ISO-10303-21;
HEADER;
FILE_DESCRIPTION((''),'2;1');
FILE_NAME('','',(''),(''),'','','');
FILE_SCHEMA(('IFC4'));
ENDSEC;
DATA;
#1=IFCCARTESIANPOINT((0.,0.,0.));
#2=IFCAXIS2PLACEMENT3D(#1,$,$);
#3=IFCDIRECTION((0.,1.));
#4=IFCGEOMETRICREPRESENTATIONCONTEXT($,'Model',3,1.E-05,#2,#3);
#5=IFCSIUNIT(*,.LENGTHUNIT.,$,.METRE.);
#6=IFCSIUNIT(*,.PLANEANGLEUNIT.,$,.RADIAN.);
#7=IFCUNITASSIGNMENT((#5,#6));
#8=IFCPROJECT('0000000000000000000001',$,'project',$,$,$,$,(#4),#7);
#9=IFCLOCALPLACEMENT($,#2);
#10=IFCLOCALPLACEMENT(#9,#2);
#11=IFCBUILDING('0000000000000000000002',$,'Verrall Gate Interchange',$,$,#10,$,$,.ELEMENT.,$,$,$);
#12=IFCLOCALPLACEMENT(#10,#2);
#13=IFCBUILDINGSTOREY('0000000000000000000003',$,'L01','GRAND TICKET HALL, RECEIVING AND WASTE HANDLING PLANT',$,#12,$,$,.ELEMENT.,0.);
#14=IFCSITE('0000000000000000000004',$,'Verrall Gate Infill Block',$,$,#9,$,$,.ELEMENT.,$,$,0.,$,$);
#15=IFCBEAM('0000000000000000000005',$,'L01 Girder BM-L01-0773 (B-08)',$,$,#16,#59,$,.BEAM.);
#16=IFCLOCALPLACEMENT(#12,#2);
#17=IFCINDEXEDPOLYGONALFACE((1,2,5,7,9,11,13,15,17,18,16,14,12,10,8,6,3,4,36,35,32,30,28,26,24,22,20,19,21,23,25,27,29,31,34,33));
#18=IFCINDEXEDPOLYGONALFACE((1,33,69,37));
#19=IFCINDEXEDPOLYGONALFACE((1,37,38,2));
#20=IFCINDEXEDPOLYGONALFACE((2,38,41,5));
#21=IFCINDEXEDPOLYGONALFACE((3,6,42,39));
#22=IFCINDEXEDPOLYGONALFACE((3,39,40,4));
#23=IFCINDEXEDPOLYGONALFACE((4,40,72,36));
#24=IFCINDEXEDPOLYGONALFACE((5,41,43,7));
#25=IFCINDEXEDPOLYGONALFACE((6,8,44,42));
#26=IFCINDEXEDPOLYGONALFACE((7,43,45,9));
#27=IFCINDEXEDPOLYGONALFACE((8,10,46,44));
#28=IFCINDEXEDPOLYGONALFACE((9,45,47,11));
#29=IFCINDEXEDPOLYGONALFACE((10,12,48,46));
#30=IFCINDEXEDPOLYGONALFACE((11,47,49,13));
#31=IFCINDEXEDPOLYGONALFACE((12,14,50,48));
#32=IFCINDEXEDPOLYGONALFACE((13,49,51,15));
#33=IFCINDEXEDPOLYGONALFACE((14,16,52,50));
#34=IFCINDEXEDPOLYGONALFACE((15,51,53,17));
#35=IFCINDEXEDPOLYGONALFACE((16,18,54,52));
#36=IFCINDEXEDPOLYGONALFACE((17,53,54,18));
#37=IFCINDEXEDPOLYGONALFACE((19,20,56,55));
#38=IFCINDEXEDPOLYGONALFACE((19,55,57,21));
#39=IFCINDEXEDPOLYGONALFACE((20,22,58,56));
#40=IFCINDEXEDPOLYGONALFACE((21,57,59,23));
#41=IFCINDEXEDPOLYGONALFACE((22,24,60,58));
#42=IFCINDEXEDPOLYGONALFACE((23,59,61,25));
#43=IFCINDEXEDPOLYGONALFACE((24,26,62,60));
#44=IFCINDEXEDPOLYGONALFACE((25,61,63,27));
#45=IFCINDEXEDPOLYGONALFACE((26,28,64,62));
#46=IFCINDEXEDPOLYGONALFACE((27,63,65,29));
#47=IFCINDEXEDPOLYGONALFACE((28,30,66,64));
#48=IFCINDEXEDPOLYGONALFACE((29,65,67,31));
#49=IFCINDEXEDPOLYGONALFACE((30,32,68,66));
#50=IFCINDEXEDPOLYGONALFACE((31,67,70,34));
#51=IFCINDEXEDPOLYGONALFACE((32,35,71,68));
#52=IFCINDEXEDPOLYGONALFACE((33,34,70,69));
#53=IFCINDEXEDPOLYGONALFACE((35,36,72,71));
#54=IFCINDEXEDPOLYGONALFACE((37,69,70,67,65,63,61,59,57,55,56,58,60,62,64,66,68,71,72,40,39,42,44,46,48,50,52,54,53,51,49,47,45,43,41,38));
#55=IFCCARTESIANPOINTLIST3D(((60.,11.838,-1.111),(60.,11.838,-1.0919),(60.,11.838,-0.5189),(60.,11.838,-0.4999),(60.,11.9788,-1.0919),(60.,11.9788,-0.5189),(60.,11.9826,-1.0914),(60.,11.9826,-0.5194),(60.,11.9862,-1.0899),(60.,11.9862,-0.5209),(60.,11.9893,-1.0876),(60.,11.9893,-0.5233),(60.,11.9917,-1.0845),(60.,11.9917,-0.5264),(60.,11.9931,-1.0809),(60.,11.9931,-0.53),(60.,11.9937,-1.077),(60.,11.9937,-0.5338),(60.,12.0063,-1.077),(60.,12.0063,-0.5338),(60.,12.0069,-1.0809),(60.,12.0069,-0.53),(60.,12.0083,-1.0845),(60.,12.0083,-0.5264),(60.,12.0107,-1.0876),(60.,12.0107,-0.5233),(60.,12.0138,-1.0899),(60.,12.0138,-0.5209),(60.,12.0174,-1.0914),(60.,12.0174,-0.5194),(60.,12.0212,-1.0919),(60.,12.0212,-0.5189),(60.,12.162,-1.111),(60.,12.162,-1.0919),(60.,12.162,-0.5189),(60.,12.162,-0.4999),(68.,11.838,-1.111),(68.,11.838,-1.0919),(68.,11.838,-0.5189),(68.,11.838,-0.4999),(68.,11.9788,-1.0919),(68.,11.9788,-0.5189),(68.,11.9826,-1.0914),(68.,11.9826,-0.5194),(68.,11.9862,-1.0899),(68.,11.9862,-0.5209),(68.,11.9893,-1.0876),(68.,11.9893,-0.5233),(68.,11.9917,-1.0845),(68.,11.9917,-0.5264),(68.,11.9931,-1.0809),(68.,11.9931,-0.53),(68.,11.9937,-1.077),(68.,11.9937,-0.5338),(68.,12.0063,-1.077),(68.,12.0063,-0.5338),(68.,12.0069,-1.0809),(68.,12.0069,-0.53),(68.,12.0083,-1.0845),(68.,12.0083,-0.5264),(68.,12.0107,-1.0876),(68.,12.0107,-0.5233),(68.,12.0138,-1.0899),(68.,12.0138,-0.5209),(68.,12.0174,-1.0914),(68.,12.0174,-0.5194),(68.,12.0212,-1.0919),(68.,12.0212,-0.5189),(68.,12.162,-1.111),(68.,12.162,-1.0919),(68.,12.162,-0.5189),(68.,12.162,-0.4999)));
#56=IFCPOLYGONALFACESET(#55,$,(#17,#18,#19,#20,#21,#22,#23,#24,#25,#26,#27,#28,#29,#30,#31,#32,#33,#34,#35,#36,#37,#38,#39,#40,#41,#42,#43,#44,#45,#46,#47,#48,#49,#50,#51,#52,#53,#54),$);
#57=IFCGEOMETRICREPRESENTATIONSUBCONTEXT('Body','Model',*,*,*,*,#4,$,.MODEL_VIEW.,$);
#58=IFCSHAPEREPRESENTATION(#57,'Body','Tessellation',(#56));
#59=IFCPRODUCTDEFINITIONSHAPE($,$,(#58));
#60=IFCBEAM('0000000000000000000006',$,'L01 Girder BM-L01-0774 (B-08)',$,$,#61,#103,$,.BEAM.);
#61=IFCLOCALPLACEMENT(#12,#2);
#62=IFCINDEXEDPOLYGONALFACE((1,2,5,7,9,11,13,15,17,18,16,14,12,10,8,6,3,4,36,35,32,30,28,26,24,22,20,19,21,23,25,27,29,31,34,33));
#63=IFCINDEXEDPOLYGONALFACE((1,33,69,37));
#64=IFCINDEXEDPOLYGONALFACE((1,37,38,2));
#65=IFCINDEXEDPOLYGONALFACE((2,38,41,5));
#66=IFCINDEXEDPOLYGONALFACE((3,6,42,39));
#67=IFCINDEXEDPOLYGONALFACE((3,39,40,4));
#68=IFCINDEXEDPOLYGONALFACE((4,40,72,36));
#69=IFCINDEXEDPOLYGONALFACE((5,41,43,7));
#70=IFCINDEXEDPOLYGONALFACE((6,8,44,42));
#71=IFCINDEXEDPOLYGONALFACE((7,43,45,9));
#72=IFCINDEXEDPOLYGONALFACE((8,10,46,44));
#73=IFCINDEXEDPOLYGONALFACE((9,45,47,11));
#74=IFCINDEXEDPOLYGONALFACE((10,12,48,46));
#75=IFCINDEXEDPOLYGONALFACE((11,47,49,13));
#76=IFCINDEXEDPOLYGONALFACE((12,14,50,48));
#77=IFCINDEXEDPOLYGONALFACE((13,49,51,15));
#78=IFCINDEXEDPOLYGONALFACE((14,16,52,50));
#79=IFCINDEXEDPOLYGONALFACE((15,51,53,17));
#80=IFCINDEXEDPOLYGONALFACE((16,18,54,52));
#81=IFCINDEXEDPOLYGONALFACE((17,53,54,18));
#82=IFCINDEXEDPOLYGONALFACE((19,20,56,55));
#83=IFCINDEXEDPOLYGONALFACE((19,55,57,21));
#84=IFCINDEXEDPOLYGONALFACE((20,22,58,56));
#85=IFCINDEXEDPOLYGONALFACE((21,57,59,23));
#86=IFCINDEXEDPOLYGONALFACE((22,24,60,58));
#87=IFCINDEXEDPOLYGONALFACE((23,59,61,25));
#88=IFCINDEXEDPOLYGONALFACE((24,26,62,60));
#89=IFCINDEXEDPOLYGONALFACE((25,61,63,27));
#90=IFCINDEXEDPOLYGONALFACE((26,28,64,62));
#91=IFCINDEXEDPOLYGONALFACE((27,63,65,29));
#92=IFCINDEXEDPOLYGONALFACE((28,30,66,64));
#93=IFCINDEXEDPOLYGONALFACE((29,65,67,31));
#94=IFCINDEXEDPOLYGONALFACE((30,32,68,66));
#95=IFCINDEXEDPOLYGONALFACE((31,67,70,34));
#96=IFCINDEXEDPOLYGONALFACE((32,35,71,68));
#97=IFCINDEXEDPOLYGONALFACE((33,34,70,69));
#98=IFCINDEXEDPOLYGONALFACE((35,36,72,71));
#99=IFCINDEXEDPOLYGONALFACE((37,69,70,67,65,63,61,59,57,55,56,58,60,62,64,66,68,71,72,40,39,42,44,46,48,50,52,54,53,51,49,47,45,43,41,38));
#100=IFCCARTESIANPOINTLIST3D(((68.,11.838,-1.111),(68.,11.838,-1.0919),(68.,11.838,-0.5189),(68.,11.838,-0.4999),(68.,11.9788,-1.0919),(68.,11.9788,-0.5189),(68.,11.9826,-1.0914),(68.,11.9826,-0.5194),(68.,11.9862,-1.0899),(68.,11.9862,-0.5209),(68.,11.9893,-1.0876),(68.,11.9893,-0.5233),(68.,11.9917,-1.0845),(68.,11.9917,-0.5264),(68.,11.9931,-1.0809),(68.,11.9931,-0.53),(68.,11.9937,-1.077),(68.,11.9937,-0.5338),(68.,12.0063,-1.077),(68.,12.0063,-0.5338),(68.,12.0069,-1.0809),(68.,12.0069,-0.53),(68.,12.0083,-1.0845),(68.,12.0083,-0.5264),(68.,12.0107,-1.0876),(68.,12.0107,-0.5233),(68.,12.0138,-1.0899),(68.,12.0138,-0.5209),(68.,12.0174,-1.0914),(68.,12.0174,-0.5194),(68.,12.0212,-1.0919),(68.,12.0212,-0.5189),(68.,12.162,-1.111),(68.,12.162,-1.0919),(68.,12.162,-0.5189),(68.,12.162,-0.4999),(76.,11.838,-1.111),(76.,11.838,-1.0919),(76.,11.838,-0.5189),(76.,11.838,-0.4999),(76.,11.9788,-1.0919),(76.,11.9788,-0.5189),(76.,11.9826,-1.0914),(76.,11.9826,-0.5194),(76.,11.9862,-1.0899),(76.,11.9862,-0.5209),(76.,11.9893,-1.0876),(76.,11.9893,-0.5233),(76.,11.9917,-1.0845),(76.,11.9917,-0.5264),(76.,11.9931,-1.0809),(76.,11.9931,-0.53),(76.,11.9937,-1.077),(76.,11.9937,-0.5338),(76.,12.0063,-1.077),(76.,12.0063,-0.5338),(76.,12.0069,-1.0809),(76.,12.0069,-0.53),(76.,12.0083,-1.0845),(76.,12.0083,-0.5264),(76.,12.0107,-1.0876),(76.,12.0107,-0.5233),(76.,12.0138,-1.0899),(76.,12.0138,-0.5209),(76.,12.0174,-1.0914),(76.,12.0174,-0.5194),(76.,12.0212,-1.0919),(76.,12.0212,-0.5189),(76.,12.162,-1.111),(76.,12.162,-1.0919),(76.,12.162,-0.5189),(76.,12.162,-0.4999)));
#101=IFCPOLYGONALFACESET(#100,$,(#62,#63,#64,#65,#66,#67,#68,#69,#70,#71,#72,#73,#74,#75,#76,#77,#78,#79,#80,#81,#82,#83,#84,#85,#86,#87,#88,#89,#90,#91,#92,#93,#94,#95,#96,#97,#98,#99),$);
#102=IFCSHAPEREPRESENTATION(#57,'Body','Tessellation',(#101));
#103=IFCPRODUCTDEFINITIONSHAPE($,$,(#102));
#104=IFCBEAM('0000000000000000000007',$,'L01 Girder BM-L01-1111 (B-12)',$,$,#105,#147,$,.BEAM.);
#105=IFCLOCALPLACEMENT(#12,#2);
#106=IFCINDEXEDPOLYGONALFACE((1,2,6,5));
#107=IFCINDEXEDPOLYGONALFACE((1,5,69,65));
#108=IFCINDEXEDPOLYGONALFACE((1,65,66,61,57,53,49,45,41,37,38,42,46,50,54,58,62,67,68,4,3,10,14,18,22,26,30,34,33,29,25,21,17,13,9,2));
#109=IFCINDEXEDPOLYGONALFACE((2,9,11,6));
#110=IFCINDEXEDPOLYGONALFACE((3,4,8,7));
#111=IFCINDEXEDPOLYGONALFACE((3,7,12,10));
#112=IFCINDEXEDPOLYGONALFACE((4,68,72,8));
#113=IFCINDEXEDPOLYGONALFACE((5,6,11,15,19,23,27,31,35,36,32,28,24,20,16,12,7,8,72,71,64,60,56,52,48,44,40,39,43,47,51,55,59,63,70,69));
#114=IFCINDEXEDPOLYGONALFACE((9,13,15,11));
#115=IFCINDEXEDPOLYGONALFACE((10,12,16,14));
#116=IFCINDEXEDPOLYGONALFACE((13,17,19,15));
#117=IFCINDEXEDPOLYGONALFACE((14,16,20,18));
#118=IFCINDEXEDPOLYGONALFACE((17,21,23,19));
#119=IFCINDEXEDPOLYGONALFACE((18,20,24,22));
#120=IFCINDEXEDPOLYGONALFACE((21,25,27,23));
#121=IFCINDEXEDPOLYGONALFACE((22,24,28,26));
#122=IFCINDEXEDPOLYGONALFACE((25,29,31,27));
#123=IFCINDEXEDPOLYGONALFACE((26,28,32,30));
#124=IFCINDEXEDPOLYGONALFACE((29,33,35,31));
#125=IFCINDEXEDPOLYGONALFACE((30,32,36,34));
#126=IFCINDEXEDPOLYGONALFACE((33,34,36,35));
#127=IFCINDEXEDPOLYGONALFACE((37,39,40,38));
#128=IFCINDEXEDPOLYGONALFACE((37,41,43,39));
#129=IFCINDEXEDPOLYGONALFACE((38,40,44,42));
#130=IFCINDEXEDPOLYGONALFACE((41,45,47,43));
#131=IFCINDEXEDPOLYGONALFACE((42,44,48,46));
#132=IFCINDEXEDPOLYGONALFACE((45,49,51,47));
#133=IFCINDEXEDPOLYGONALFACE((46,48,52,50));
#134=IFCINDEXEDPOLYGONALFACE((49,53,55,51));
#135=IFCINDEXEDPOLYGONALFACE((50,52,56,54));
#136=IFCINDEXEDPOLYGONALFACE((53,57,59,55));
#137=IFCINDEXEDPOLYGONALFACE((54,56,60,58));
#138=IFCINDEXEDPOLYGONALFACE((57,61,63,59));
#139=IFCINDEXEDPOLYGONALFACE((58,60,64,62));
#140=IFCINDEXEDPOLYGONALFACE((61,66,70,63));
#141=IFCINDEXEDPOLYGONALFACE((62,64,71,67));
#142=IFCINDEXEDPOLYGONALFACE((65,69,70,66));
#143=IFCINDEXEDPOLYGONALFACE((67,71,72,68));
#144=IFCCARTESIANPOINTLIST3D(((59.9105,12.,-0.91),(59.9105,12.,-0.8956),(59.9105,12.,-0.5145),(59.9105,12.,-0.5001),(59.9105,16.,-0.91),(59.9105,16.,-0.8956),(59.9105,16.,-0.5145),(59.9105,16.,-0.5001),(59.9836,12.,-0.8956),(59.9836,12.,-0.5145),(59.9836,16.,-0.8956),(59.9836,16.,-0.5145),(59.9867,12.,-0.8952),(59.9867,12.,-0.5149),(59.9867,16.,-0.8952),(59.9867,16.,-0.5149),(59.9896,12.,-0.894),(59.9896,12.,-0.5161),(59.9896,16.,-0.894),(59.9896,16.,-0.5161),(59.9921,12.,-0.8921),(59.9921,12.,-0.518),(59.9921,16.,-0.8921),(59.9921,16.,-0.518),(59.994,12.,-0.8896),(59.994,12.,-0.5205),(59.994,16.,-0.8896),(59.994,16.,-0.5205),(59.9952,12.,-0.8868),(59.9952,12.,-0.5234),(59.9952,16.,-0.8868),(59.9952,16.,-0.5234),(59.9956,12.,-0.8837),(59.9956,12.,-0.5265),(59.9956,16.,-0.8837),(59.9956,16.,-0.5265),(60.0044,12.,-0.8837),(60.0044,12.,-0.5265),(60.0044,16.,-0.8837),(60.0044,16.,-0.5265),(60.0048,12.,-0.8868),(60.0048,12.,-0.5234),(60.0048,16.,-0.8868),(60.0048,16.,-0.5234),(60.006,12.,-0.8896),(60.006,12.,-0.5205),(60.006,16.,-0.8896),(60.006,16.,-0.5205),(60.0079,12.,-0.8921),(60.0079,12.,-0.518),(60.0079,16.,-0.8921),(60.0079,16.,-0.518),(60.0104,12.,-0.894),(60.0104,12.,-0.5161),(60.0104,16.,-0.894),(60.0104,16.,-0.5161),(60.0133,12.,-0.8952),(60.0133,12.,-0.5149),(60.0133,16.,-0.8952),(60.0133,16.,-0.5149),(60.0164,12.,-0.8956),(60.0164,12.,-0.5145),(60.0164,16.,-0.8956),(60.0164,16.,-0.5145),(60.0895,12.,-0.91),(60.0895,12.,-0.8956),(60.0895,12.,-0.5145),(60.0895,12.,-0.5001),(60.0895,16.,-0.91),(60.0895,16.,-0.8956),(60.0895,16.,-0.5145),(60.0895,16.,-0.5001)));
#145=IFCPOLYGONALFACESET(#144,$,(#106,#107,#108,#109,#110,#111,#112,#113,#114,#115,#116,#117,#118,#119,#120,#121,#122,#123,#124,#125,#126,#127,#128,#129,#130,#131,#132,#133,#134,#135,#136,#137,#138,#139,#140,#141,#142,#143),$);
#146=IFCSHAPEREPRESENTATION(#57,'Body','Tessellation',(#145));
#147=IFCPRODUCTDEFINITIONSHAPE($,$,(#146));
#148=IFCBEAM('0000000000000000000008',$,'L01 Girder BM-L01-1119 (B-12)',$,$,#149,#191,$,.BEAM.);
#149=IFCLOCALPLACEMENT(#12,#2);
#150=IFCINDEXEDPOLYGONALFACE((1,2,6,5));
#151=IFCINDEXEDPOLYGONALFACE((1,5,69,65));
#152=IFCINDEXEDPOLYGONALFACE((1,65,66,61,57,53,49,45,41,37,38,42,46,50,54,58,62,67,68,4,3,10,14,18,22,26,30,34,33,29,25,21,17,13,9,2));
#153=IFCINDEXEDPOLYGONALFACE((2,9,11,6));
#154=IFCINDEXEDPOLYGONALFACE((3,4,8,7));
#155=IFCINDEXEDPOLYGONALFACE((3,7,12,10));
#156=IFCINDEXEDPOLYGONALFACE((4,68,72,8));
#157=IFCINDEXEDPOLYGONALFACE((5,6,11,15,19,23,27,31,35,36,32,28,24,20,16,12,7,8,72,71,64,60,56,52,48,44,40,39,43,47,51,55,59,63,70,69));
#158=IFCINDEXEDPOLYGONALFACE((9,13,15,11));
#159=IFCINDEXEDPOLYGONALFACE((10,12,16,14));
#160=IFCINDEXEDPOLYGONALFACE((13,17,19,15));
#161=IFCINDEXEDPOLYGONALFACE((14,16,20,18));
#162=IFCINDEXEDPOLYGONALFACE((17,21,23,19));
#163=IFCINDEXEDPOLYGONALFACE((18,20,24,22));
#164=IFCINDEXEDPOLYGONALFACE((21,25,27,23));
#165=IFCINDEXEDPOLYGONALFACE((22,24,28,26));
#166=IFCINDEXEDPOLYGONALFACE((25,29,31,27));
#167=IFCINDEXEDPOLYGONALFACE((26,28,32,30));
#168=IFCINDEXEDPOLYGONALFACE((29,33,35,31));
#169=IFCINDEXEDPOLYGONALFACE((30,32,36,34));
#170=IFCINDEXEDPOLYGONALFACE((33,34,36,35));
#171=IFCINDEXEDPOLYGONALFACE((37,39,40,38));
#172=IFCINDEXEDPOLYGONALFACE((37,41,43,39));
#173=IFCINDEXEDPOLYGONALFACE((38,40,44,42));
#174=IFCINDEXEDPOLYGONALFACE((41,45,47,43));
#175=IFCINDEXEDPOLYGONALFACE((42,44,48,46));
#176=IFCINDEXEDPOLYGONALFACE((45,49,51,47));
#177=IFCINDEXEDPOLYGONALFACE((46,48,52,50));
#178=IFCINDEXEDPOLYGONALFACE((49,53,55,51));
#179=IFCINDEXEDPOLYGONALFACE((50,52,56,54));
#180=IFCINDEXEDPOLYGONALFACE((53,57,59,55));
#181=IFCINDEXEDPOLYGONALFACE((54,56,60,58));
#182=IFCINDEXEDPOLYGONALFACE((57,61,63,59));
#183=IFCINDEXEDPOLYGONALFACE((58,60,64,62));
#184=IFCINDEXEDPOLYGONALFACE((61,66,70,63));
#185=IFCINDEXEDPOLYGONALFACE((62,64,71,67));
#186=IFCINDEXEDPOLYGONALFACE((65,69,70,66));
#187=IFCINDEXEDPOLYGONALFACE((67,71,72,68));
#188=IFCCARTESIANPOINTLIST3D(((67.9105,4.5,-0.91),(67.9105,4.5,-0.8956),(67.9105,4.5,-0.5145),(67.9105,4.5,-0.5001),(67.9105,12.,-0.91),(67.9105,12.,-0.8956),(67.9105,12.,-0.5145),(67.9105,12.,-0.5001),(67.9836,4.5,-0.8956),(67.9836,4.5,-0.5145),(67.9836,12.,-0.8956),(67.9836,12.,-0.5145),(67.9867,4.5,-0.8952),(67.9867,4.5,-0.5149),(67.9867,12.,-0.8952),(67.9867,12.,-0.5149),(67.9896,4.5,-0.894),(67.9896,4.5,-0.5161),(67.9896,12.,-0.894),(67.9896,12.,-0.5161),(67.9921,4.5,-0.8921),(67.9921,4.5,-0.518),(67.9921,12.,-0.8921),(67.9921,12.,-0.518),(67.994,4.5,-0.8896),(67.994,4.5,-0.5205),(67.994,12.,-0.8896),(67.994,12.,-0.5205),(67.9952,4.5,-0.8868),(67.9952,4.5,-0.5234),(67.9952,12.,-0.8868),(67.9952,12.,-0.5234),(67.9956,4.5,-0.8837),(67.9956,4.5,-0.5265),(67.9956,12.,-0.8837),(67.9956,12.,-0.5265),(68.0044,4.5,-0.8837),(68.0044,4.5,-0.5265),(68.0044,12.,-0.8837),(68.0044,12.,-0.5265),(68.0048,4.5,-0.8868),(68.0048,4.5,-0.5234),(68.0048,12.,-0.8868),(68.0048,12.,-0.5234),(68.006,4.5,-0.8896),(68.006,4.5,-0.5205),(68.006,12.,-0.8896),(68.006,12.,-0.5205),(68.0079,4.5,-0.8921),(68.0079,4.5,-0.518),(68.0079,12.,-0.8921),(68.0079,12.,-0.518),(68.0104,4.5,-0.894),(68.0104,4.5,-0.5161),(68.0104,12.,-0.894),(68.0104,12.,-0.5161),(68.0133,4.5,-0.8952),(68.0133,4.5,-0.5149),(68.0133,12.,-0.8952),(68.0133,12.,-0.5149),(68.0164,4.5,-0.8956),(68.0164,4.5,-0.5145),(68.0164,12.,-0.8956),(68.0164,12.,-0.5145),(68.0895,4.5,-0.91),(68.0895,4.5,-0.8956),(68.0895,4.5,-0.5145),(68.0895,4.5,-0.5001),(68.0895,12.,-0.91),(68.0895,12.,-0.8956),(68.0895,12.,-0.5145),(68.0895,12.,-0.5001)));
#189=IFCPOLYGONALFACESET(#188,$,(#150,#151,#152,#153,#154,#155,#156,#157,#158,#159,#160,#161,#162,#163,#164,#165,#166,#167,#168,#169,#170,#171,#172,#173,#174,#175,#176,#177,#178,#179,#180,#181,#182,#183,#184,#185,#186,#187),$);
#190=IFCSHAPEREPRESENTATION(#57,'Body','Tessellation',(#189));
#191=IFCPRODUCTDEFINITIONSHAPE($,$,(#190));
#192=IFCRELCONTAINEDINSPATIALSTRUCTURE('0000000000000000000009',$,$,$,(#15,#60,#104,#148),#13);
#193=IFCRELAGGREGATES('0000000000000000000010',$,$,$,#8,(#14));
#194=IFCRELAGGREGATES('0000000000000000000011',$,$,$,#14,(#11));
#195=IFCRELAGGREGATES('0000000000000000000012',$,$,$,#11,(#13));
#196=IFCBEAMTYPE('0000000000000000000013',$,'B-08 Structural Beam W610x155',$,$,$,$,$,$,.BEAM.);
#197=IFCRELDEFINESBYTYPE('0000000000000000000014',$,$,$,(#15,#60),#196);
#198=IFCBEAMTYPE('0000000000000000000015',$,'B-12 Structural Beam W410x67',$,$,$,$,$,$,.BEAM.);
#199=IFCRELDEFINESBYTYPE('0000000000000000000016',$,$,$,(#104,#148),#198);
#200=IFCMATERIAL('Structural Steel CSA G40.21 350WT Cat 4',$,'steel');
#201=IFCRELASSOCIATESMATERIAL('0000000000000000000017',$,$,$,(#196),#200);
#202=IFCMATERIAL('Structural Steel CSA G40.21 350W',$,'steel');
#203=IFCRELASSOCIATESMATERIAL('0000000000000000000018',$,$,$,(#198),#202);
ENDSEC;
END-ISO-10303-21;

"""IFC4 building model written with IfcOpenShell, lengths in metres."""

from ifc_helpers import new_model, si_unit, direction, frame, origin, origin_2d, place, context, subcontext, project, spatial, i_section, extrude, material, material_profile, profile_set, type_object, element, save


model = new_model("IFC4")

# Units and contexts
model_context = context("Model", 3, precision=1e-05, world=origin(), true_north=direction((0.0, 1.0)))
body_context = subcontext(model_context, "Body", "Model", "MODEL_VIEW")
ifc_project = project(units=[si_unit("LENGTHUNIT", "METRE"), si_unit("PLANEANGLEUNIT", "RADIAN")], contexts=[model_context])

# Site, building, storey
site_placement = place(None, origin())
site = spatial("IfcSite", under=ifc_project, at=site_placement, Name="Verrall Gate Infill Block", CompositionType="ELEMENT", RefElevation=0.0)
building_placement = place(site_placement, origin())
building = spatial("IfcBuilding", under=site, at=building_placement, Name="Verrall Gate Interchange", CompositionType="ELEMENT")
storey_placement = place(building_placement, origin())
storey = spatial("IfcBuildingStorey", under=building, at=storey_placement, Name="L01", Description="GRAND TICKET HALL, RECEIVING AND WASTE HANDLING PLANT", CompositionType="ELEMENT", Elevation=0.0)

# Beams
ifc_material_1 = material(Name="Structural Steel CSA G40.21 350WT Cat 4", Category="steel")
ifc_material_profile_1 = material_profile(ifc_material_1, i_section(OverallWidth=0.324, OverallDepth=0.6111, WebThickness=0.0127, FlangeThickness=0.019, FilletRadius=0.0149, at=origin_2d()), Name="W610x155")
ifc_profile_set_1 = profile_set([ifc_material_profile_1], Name="Structural Steel CSA G40.21 350WT Cat 4")
beam_type_1 = type_object("IfcBeamType", Name="B-08 Structural Beam W610x155", PredefinedType="BEAM", material=ifc_profile_set_1)
for number, where, z_axis, x_axis, name in (
    (1, (60.0, 12.0, -0.8054), (1.0, 0.0, 0.0), (0.0, 1.0, 0.0), "L01 Girder BM-L01-0773 (B-08)"),
    (2, (68.0, 12.0, -0.8054), (1.0, 0.0, 0.0), (0.0, 1.0, 0.0), "L01 Girder BM-L01-0774 (B-08)"),
):
    element("IfcBeam", number, at=place(storey_placement, frame(where, z_axis=z_axis, x_axis=x_axis)), inside=storey, type_object=beam_type_1, Name=name, PredefinedType="BEAM", context=body_context, shape_type="SweptSolid", body=[
        extrude(i_section(OverallWidth=0.324, OverallDepth=0.6111, WebThickness=0.0127, FlangeThickness=0.019, FilletRadius=0.0149, at=origin_2d()), origin(), (0.0, 0.0, 1.0), 8.0),
    ])
ifc_material_2 = material(Name="Structural Steel CSA G40.21 350W", Category="steel")
ifc_material_profile_2 = material_profile(ifc_material_2, i_section(OverallWidth=0.179, OverallDepth=0.4099, WebThickness=0.0088, FlangeThickness=0.0144, FilletRadius=0.012, at=origin_2d()), Name="W410x67")
ifc_profile_set_2 = profile_set([ifc_material_profile_2], Name="Structural Steel CSA G40.21 350W")
beam_type_2 = type_object("IfcBeamType", Name="B-12 Structural Beam W410x67", PredefinedType="BEAM", material=ifc_profile_set_2)
beam_1_placement = place(storey_placement, frame((60.0, 12.0, -0.7051), z_axis=(0.0, 1.0, 0.0), x_axis=(-1.0, 0.0, 0.0)))
element("IfcBeam", 3, at=beam_1_placement, inside=storey, type_object=beam_type_2, Name="L01 Girder BM-L01-1111 (B-12)", PredefinedType="BEAM", context=body_context, shape_type="SweptSolid", body=[
    extrude(i_section(OverallWidth=0.179, OverallDepth=0.4099, WebThickness=0.0088, FlangeThickness=0.0144, FilletRadius=0.012, at=origin_2d()), origin(), (0.0, 0.0, 1.0), 4.0),
])
beam_2_placement = place(storey_placement, frame((68.0, 4.5, -0.7051), z_axis=(0.0, 1.0, 0.0), x_axis=(-1.0, 0.0, 0.0)))
element("IfcBeam", 4, at=beam_2_placement, inside=storey, type_object=beam_type_2, Name="L01 Girder BM-L01-1119 (B-12)", PredefinedType="BEAM", context=body_context, shape_type="SweptSolid", body=[
    extrude(i_section(OverallWidth=0.179, OverallDepth=0.4099, WebThickness=0.0088, FlangeThickness=0.0144, FilletRadius=0.012, at=origin_2d()), origin(), (0.0, 0.0, 1.0), 7.5),
])

save(model, "model.ifc")
